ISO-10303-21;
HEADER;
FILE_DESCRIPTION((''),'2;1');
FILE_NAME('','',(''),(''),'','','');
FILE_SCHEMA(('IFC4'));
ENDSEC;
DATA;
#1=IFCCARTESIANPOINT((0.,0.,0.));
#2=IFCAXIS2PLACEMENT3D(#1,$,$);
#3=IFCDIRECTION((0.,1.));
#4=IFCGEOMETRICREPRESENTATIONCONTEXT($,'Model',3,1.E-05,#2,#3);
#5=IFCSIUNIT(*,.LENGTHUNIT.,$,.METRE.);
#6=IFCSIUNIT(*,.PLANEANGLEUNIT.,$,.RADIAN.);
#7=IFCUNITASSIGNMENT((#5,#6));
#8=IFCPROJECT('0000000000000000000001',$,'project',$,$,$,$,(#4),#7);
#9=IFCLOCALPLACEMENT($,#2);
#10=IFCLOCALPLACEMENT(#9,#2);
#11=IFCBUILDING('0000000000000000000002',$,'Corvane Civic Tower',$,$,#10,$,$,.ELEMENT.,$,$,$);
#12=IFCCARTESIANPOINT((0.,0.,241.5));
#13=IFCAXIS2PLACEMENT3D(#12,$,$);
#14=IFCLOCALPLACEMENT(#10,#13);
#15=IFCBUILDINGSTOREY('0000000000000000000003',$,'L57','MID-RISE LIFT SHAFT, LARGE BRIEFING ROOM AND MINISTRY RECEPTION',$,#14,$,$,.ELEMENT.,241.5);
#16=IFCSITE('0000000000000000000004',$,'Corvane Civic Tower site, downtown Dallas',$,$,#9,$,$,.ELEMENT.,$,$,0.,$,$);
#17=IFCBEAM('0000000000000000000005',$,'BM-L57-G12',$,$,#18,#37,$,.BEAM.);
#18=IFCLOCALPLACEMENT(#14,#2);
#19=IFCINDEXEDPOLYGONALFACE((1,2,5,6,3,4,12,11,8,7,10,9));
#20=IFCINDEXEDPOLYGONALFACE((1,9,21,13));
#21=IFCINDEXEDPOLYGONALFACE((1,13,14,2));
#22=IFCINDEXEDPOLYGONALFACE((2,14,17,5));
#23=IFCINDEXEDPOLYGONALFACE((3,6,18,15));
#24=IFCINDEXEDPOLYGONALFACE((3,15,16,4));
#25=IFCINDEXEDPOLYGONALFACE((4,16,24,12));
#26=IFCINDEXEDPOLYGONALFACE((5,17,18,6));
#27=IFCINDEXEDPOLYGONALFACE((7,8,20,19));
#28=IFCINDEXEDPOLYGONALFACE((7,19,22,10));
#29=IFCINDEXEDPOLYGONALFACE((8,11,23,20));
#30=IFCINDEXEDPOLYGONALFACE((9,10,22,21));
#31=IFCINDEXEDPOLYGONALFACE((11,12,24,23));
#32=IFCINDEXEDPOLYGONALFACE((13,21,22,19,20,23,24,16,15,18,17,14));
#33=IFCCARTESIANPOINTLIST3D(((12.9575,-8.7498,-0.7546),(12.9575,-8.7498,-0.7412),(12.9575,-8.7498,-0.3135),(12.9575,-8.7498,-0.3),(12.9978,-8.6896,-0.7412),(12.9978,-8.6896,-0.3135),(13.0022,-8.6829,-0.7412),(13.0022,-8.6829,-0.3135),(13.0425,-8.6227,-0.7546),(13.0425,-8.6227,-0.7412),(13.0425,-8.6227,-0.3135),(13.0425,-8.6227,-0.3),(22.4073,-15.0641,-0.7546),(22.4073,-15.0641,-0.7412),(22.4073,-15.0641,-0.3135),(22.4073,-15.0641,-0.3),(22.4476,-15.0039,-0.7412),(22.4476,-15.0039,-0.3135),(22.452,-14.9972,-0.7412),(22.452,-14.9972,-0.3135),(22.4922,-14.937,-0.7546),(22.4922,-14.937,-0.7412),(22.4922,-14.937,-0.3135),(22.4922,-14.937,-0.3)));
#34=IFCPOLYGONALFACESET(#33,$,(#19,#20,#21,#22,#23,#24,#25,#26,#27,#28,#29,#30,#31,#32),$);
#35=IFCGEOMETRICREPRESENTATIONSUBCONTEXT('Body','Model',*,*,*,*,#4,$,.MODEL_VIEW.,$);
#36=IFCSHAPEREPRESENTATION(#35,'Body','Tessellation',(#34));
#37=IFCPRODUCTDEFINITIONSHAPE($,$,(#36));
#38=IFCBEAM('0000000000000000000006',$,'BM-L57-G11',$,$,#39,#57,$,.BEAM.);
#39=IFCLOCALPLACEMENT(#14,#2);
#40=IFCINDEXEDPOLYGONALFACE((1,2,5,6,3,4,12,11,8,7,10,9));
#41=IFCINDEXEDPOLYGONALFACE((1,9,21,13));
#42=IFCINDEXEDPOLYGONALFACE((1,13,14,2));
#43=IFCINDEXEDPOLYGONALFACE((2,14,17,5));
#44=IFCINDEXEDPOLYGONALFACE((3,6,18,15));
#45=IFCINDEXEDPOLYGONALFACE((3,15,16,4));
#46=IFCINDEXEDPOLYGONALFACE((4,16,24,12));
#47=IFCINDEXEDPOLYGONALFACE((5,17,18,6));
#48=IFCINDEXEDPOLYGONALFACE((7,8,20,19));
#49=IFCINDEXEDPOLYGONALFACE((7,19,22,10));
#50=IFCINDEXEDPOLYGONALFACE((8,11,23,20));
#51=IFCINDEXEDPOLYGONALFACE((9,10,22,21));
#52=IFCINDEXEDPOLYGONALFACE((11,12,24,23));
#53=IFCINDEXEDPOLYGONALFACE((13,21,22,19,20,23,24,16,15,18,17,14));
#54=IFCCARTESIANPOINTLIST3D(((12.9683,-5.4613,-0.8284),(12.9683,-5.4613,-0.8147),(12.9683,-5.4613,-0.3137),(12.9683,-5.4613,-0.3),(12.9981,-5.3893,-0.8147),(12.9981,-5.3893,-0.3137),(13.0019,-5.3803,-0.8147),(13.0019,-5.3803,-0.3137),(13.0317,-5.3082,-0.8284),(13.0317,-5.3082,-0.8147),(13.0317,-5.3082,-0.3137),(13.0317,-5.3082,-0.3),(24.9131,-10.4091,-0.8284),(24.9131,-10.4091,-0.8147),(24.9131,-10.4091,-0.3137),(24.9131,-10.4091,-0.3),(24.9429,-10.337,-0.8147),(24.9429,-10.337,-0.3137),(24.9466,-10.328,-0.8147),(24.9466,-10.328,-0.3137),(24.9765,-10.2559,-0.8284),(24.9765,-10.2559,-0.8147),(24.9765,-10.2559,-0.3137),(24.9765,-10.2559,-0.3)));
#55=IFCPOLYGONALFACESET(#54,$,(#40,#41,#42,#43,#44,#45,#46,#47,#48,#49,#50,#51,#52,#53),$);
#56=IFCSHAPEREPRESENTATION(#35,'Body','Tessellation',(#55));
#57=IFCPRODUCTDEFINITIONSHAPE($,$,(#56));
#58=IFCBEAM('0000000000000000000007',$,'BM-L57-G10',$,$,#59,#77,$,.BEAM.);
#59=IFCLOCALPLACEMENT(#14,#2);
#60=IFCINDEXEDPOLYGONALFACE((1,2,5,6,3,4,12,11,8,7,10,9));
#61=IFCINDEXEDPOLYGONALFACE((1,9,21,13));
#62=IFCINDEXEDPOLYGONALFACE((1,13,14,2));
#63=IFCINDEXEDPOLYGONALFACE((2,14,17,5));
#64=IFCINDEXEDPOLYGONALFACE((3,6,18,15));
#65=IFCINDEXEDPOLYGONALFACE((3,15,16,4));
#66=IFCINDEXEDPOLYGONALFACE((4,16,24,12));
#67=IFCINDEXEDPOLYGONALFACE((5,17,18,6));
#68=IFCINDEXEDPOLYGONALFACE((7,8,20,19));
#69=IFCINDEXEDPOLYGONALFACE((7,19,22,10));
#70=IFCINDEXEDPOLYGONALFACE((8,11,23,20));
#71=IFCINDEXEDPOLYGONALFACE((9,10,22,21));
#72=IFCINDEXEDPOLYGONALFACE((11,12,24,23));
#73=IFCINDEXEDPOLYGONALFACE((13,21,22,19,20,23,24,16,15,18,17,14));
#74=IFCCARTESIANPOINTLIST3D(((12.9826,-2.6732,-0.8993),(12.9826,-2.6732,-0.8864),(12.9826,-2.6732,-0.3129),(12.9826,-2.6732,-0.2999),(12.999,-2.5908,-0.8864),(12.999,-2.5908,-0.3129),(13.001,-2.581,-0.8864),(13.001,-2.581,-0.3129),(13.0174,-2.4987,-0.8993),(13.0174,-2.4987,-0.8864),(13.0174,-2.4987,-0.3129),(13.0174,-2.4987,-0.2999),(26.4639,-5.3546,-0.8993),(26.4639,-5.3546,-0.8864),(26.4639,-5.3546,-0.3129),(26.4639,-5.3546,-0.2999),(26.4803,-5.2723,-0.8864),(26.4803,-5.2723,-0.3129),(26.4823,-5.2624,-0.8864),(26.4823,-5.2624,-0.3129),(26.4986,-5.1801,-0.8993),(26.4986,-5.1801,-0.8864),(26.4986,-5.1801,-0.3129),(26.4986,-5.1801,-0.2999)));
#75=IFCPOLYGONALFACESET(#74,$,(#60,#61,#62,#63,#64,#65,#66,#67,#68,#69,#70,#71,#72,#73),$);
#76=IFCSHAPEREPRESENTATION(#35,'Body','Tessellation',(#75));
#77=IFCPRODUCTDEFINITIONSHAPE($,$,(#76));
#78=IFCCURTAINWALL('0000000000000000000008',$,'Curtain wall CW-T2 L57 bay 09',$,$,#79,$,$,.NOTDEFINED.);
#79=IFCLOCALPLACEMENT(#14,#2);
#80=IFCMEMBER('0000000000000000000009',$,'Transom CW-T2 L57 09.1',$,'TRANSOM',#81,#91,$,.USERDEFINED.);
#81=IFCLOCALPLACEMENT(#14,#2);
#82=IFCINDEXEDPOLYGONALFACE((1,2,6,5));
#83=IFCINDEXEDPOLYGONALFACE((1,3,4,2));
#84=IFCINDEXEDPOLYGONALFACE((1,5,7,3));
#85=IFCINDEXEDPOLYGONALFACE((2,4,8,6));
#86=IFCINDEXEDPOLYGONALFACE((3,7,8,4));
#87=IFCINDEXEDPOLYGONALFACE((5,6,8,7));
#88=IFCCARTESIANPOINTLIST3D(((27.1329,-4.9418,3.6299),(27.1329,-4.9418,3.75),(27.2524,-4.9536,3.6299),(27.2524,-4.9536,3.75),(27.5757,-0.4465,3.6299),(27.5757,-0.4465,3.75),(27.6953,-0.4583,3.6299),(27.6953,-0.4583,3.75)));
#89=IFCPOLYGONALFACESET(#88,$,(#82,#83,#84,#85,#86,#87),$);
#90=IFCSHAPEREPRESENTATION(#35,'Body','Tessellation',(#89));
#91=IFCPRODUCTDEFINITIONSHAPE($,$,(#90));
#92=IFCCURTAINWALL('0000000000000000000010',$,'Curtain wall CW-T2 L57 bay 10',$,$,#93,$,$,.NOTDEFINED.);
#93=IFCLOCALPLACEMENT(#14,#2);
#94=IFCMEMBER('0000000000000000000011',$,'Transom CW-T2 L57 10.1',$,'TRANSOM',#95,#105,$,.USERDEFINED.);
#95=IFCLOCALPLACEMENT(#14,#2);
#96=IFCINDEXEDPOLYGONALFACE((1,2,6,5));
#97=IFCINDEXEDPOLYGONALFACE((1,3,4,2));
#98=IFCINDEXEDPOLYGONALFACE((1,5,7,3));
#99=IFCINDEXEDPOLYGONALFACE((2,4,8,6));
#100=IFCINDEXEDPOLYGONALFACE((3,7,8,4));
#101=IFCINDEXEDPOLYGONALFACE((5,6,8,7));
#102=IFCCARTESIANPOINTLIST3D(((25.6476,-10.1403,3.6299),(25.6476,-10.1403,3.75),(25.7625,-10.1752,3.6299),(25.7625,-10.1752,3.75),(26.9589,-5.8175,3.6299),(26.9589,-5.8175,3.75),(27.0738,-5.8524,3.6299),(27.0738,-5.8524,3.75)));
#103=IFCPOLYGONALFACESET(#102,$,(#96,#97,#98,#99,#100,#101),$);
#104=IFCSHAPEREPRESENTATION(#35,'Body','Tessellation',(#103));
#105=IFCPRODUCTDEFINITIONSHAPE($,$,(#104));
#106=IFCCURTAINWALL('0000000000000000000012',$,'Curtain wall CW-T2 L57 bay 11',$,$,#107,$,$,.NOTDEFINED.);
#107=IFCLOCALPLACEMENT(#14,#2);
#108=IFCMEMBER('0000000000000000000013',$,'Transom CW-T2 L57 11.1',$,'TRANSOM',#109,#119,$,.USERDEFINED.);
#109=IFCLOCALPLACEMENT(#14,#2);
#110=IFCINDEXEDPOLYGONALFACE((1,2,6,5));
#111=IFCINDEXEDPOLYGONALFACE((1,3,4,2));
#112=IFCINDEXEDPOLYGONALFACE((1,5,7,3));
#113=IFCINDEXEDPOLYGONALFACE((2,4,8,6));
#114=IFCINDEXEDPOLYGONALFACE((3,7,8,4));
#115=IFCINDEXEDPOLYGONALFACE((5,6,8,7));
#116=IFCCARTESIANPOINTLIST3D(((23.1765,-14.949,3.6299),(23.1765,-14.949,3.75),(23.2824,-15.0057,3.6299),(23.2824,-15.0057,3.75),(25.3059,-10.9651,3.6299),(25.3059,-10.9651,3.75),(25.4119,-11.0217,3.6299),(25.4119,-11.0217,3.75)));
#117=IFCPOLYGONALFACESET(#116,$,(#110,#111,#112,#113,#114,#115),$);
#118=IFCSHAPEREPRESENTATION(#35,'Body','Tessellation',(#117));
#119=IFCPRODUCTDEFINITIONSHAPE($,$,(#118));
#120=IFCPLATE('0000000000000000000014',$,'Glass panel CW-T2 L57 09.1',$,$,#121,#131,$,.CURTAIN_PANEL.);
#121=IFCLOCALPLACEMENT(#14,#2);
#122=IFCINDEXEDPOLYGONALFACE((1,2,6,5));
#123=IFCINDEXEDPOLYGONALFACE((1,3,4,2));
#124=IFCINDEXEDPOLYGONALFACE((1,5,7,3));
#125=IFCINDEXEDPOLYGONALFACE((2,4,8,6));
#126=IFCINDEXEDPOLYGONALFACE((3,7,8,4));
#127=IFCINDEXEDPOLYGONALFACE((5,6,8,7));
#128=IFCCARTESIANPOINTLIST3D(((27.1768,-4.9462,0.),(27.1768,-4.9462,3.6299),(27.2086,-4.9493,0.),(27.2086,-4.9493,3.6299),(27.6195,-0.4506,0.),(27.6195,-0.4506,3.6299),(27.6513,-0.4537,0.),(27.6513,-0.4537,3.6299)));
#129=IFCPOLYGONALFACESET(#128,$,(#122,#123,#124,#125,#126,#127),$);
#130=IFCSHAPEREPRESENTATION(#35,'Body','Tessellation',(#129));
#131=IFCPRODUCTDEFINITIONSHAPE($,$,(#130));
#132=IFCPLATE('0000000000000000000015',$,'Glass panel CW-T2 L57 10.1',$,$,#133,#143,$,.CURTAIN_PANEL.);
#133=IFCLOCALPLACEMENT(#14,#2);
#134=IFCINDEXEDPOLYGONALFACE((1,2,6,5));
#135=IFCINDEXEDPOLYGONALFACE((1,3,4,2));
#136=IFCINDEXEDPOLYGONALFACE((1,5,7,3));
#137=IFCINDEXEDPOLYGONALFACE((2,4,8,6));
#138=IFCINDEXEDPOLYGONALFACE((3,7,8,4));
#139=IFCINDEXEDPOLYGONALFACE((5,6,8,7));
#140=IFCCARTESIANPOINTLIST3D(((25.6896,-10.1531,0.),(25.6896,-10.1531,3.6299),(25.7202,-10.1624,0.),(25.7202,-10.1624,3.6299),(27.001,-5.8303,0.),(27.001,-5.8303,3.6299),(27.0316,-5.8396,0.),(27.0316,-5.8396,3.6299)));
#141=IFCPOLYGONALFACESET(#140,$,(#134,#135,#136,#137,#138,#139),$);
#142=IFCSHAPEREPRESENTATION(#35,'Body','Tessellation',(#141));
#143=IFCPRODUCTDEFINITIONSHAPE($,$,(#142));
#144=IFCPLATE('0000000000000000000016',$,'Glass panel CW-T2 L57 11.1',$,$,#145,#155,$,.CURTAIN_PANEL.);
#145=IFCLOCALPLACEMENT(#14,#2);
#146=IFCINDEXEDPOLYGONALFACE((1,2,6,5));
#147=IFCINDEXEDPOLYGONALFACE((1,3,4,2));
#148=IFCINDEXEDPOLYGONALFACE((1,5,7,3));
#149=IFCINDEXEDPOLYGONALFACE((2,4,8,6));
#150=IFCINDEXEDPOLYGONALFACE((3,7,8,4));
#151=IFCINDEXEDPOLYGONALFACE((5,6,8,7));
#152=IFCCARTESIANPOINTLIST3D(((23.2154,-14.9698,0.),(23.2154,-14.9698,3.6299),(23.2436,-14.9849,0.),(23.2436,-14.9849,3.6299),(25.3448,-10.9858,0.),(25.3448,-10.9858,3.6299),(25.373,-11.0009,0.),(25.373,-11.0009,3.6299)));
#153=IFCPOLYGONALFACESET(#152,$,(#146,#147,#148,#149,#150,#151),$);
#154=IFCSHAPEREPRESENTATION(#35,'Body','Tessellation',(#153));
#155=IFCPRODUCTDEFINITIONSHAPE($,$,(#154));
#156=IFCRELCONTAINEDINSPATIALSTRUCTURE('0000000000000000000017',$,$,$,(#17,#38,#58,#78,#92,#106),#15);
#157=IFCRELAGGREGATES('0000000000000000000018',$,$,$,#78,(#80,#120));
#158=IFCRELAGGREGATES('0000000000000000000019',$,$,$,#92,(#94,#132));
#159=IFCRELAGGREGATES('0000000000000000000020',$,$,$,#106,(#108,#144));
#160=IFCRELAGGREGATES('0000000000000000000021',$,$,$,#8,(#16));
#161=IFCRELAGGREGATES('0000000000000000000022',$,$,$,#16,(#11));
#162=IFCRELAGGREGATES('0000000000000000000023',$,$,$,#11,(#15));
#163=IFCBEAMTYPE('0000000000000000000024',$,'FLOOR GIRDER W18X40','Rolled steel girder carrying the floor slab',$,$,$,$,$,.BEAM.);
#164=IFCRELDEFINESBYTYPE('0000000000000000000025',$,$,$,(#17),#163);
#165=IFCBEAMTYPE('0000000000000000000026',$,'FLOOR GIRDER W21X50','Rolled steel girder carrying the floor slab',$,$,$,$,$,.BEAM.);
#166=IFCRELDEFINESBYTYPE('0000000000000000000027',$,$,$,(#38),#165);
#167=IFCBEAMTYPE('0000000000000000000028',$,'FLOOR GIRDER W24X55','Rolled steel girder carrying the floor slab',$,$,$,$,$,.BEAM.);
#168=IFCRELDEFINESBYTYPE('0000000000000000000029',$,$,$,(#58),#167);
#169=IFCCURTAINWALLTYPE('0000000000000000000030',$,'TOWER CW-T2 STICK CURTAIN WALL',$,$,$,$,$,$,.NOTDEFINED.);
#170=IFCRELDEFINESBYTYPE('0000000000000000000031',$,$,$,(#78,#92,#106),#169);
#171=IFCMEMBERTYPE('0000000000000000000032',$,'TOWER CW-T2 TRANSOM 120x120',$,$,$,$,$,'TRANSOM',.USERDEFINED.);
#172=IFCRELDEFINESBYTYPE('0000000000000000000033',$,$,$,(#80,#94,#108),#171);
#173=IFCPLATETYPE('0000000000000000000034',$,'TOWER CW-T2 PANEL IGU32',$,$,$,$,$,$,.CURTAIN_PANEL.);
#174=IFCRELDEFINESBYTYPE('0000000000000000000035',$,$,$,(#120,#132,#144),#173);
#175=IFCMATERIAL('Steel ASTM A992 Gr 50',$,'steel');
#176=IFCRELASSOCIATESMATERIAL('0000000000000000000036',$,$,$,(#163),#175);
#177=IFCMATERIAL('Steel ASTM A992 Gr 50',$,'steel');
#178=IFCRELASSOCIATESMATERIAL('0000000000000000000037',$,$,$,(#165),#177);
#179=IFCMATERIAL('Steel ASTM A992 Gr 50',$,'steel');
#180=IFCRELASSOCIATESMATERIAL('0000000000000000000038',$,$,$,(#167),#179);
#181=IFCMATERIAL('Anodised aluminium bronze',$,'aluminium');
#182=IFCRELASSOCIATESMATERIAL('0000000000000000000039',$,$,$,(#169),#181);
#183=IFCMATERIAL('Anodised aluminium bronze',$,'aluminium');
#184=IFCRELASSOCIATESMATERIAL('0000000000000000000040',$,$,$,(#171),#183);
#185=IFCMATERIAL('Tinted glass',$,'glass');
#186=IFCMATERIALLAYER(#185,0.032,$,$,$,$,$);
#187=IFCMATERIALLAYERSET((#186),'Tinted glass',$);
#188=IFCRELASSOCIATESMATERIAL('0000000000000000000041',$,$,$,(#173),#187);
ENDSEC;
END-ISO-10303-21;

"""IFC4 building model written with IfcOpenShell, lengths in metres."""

from ifc_helpers import new_model, si_unit, direction, frame, origin, origin_2d, place, context, subcontext, project, spatial, rectangle, i_section, extrude, material, layer, layer_set, material_profile, profile_set, type_object, element, aggregate, save


model = new_model("IFC4")

# Units and contexts
model_context = context("Model", 3, precision=1e-05, world=origin(), true_north=direction((0.0, 1.0)))
body_context = subcontext(model_context, "Body", "Model", "MODEL_VIEW")
ifc_project = project(units=[si_unit("LENGTHUNIT", "METRE"), si_unit("PLANEANGLEUNIT", "RADIAN")], contexts=[model_context])

# Site, building, storey
site_placement = place(None, origin())
site = spatial("IfcSite", under=ifc_project, at=site_placement, Name="Corvane Civic Tower site, downtown Dallas", CompositionType="ELEMENT", RefElevation=0.0)
building_placement = place(site_placement, origin())
building = spatial("IfcBuilding", under=site, at=building_placement, Name="Corvane Civic Tower", CompositionType="ELEMENT")
storey_placement = place(building_placement, frame((0.0, 0.0, 241.5)))
storey = spatial("IfcBuildingStorey", under=building, at=storey_placement, Name="L57", Description="MID-RISE LIFT SHAFT, LARGE BRIEFING ROOM AND MINISTRY RECEPTION", CompositionType="ELEMENT", Elevation=241.5)

# Beams
ifc_material_1 = material(Name="Steel ASTM A992 Gr 50", Category="steel")
ifc_material_profile_1 = material_profile(ifc_material_1, i_section(OverallWidth=0.1528, OverallDepth=0.4546, WebThickness=0.0081, FlangeThickness=0.0134, at=origin_2d()), Name="W18X40")
ifc_profile_set_1 = profile_set([ifc_material_profile_1], Name="Steel ASTM A992 Gr 50")
beam_type_1 = type_object("IfcBeamType", Name="FLOOR GIRDER W18X40", Description="Rolled steel girder carrying the floor slab", PredefinedType="BEAM", material=ifc_profile_set_1)
beam_1_placement = place(storey_placement, frame((13.0, -8.6863, -0.5273), z_axis=(0.831465, -0.555577, 0.0), x_axis=(0.555577, 0.831465, 0.0)))
element("IfcBeam", 1, at=beam_1_placement, inside=storey, type_object=beam_type_1, Name="BM-L57-G12", PredefinedType="BEAM", context=body_context, shape_type="SweptSolid", body=[
    extrude(i_section(OverallWidth=0.1528, OverallDepth=0.4546, WebThickness=0.0081, FlangeThickness=0.0134, at=origin_2d()), origin(), (0.0, 0.0, 1.0), 11.3652),
])
ifc_material_2 = material(Name="Steel ASTM A992 Gr 50", Category="steel")
ifc_material_profile_2 = material_profile(ifc_material_2, i_section(OverallWidth=0.1658, OverallDepth=0.5283, WebThickness=0.0098, FlangeThickness=0.0137, at=origin_2d()), Name="W21X50")
ifc_profile_set_2 = profile_set([ifc_material_profile_2], Name="Steel ASTM A992 Gr 50")
beam_type_2 = type_object("IfcBeamType", Name="FLOOR GIRDER W21X50", Description="Rolled steel girder carrying the floor slab", PredefinedType="BEAM", material=ifc_profile_set_2)
beam_2_placement = place(storey_placement, frame((13.0, -5.3848, -0.5642), z_axis=(0.923878, -0.382686, 0.0), x_axis=(0.382686, 0.923878, 0.0)))
element("IfcBeam", 2, at=beam_2_placement, inside=storey, type_object=beam_type_2, Name="BM-L57-G11", PredefinedType="BEAM", context=body_context, shape_type="SweptSolid", body=[
    extrude(i_section(OverallWidth=0.1658, OverallDepth=0.5283, WebThickness=0.0098, FlangeThickness=0.0137, at=origin_2d()), origin(), (0.0, 0.0, 1.0), 12.929),
])
ifc_material_3 = material(Name="Steel ASTM A992 Gr 50", Category="steel")
ifc_material_profile_3 = material_profile(ifc_material_3, i_section(OverallWidth=0.178, OverallDepth=0.5994, WebThickness=0.01, FlangeThickness=0.0129, at=origin_2d()), Name="W24X55")
ifc_profile_set_3 = profile_set([ifc_material_profile_3], Name="Steel ASTM A992 Gr 50")
beam_type_3 = type_object("IfcBeamType", Name="FLOOR GIRDER W24X55", Description="Rolled steel girder carrying the floor slab", PredefinedType="BEAM", material=ifc_profile_set_3)
beam_3_placement = place(storey_placement, frame((13.0, -2.5859, -0.5996), z_axis=(0.980788, -0.195078, 0.0), x_axis=(0.195078, 0.980788, 0.0)))
element("IfcBeam", 3, at=beam_3_placement, inside=storey, type_object=beam_type_3, Name="BM-L57-G10", PredefinedType="BEAM", context=body_context, shape_type="SweptSolid", body=[
    extrude(i_section(OverallWidth=0.178, OverallDepth=0.5994, WebThickness=0.01, FlangeThickness=0.0129, at=origin_2d()), origin(), (0.0, 0.0, 1.0), 13.7454),
])

# Curtain walls, members
ifc_material_4 = material(Name="Anodised aluminium bronze", Category="aluminium")
curtain_wall_type = type_object("IfcCurtainWallType", Name="TOWER CW-T2 STICK CURTAIN WALL", PredefinedType="NOTDEFINED", material=ifc_material_4)
curtain_wall_1_placement = place(storey_placement, origin())
curtain_wall_1 = element("IfcCurtainWall", 4, at=curtain_wall_1_placement, inside=storey, type_object=curtain_wall_type, Name="Curtain wall CW-T2 L57 bay 09", PredefinedType="NOTDEFINED")
ifc_material_5 = material(Name="Anodised aluminium bronze", Category="aluminium")
ifc_material_profile_4 = material_profile(ifc_material_5, rectangle(XDim=0.1201, YDim=0.1201, at=origin_2d()), Name="TOWER CW-T2 TRANSOM 120x120")
ifc_profile_set_4 = profile_set([ifc_material_profile_4], Name="Anodised aluminium bronze")
member_type = type_object("IfcMemberType", Name="TOWER CW-T2 TRANSOM 120x120", ElementType="TRANSOM", PredefinedType="USERDEFINED", material=ifc_profile_set_4)
member_1_placement = place(storey_placement, frame((27.6355, -0.4524, 3.6899), z_axis=(-0.098043, -0.995182, 0.0), x_axis=(0.995182, -0.098043, 0.0)))
member_1 = element("IfcMember", 5, at=member_1_placement, type_object=member_type, Name="Transom CW-T2 L57 09.1", ObjectType="TRANSOM", PredefinedType="USERDEFINED", context=body_context, shape_type="SweptSolid", body=[
    extrude(rectangle(XDim=0.1201, YDim=0.1201, at=origin_2d()), origin(), (0.0, 0.0, 1.0), 4.5171),
])
curtain_wall_2_placement = place(storey_placement, origin())
curtain_wall_2 = element("IfcCurtainWall", 6, at=curtain_wall_2_placement, inside=storey, type_object=curtain_wall_type, Name="Curtain wall CW-T2 L57 bay 10", PredefinedType="NOTDEFINED")
member_2_placement = place(storey_placement, frame((27.0164, -5.835, 3.6899), z_axis=(-0.290282, -0.956941, 0.0), x_axis=(0.956941, -0.290282, 0.0)))
member_2 = element("IfcMember", 7, at=member_2_placement, type_object=member_type, Name="Transom CW-T2 L57 10.1", ObjectType="TRANSOM", PredefinedType="USERDEFINED", context=body_context, shape_type="SweptSolid", body=[
    extrude(rectangle(XDim=0.1201, YDim=0.1201, at=origin_2d()), origin(), (0.0, 0.0, 1.0), 4.5173),
])
curtain_wall_3_placement = place(storey_placement, origin())
curtain_wall_3 = element("IfcCurtainWall", 8, at=curtain_wall_3_placement, inside=storey, type_object=curtain_wall_type, Name="Curtain wall CW-T2 L57 bay 11", PredefinedType="NOTDEFINED")
member_3_placement = place(storey_placement, frame((25.3589, -10.9934, 3.6899), z_axis=(-0.47139, -0.881925, 0.0), x_axis=(0.881925, -0.47139, 0.0)))
member_3 = element("IfcMember", 9, at=member_3_placement, type_object=member_type, Name="Transom CW-T2 L57 11.1", ObjectType="TRANSOM", PredefinedType="USERDEFINED", context=body_context, shape_type="SweptSolid", body=[
    extrude(rectangle(XDim=0.1201, YDim=0.1201, at=origin_2d()), origin(), (0.0, 0.0, 1.0), 4.5173),
])

# Plates
ifc_material_6 = material(Name="Tinted glass", Category="glass")
ifc_layer_1 = layer(ifc_material_6, 0.032)
ifc_layer_set_1 = layer_set([ifc_layer_1], Name="Tinted glass")
plate_type = type_object("IfcPlateType", Name="TOWER CW-T2 PANEL IGU32", PredefinedType="CURTAIN_PANEL", material=ifc_layer_set_1)
plate_1_placement = place(storey_placement, frame((27.4141, -2.7, 0.0), z_axis=(0.0, 0.0, 1.0), x_axis=(-0.097993, -0.995187, 0.0)))
plate_1 = element("IfcPlate", 10, at=plate_1_placement, type_object=plate_type, Name="Glass panel CW-T2 L57 09.1", PredefinedType="CURTAIN_PANEL", context=body_context, shape_type="SweptSolid", body=[
    extrude(rectangle(XDim=4.5173, YDim=0.032, at=origin_2d()), origin(), (0.0, 0.0, 1.0), 3.6299),
])
aggregate(curtain_wall_1, [member_1, plate_1])
plate_2_placement = place(storey_placement, frame((26.3606, -7.9963, 0.0), z_axis=(0.0, 0.0, 1.0), x_axis=(-0.29029, -0.956939, 0.0)))
plate_2 = element("IfcPlate", 11, at=plate_2_placement, type_object=plate_type, Name="Glass panel CW-T2 L57 10.1", PredefinedType="CURTAIN_PANEL", context=body_context, shape_type="SweptSolid", body=[
    extrude(rectangle(XDim=4.5173, YDim=0.032, at=origin_2d()), origin(), (0.0, 0.0, 1.0), 3.6299),
])
aggregate(curtain_wall_2, [member_2, plate_2])
plate_3_placement = place(storey_placement, frame((24.2942, -12.9854, 0.0), z_axis=(0.0, 0.0, 1.0), x_axis=(-0.471398, -0.88192, 0.0)))
plate_3 = element("IfcPlate", 12, at=plate_3_placement, type_object=plate_type, Name="Glass panel CW-T2 L57 11.1", PredefinedType="CURTAIN_PANEL", context=body_context, shape_type="SweptSolid", body=[
    extrude(rectangle(XDim=4.5173, YDim=0.032, at=origin_2d()), origin(), (0.0, 0.0, 1.0), 3.6299),
])
aggregate(curtain_wall_3, [member_3, plate_3])

save(model, "model.ifc")
